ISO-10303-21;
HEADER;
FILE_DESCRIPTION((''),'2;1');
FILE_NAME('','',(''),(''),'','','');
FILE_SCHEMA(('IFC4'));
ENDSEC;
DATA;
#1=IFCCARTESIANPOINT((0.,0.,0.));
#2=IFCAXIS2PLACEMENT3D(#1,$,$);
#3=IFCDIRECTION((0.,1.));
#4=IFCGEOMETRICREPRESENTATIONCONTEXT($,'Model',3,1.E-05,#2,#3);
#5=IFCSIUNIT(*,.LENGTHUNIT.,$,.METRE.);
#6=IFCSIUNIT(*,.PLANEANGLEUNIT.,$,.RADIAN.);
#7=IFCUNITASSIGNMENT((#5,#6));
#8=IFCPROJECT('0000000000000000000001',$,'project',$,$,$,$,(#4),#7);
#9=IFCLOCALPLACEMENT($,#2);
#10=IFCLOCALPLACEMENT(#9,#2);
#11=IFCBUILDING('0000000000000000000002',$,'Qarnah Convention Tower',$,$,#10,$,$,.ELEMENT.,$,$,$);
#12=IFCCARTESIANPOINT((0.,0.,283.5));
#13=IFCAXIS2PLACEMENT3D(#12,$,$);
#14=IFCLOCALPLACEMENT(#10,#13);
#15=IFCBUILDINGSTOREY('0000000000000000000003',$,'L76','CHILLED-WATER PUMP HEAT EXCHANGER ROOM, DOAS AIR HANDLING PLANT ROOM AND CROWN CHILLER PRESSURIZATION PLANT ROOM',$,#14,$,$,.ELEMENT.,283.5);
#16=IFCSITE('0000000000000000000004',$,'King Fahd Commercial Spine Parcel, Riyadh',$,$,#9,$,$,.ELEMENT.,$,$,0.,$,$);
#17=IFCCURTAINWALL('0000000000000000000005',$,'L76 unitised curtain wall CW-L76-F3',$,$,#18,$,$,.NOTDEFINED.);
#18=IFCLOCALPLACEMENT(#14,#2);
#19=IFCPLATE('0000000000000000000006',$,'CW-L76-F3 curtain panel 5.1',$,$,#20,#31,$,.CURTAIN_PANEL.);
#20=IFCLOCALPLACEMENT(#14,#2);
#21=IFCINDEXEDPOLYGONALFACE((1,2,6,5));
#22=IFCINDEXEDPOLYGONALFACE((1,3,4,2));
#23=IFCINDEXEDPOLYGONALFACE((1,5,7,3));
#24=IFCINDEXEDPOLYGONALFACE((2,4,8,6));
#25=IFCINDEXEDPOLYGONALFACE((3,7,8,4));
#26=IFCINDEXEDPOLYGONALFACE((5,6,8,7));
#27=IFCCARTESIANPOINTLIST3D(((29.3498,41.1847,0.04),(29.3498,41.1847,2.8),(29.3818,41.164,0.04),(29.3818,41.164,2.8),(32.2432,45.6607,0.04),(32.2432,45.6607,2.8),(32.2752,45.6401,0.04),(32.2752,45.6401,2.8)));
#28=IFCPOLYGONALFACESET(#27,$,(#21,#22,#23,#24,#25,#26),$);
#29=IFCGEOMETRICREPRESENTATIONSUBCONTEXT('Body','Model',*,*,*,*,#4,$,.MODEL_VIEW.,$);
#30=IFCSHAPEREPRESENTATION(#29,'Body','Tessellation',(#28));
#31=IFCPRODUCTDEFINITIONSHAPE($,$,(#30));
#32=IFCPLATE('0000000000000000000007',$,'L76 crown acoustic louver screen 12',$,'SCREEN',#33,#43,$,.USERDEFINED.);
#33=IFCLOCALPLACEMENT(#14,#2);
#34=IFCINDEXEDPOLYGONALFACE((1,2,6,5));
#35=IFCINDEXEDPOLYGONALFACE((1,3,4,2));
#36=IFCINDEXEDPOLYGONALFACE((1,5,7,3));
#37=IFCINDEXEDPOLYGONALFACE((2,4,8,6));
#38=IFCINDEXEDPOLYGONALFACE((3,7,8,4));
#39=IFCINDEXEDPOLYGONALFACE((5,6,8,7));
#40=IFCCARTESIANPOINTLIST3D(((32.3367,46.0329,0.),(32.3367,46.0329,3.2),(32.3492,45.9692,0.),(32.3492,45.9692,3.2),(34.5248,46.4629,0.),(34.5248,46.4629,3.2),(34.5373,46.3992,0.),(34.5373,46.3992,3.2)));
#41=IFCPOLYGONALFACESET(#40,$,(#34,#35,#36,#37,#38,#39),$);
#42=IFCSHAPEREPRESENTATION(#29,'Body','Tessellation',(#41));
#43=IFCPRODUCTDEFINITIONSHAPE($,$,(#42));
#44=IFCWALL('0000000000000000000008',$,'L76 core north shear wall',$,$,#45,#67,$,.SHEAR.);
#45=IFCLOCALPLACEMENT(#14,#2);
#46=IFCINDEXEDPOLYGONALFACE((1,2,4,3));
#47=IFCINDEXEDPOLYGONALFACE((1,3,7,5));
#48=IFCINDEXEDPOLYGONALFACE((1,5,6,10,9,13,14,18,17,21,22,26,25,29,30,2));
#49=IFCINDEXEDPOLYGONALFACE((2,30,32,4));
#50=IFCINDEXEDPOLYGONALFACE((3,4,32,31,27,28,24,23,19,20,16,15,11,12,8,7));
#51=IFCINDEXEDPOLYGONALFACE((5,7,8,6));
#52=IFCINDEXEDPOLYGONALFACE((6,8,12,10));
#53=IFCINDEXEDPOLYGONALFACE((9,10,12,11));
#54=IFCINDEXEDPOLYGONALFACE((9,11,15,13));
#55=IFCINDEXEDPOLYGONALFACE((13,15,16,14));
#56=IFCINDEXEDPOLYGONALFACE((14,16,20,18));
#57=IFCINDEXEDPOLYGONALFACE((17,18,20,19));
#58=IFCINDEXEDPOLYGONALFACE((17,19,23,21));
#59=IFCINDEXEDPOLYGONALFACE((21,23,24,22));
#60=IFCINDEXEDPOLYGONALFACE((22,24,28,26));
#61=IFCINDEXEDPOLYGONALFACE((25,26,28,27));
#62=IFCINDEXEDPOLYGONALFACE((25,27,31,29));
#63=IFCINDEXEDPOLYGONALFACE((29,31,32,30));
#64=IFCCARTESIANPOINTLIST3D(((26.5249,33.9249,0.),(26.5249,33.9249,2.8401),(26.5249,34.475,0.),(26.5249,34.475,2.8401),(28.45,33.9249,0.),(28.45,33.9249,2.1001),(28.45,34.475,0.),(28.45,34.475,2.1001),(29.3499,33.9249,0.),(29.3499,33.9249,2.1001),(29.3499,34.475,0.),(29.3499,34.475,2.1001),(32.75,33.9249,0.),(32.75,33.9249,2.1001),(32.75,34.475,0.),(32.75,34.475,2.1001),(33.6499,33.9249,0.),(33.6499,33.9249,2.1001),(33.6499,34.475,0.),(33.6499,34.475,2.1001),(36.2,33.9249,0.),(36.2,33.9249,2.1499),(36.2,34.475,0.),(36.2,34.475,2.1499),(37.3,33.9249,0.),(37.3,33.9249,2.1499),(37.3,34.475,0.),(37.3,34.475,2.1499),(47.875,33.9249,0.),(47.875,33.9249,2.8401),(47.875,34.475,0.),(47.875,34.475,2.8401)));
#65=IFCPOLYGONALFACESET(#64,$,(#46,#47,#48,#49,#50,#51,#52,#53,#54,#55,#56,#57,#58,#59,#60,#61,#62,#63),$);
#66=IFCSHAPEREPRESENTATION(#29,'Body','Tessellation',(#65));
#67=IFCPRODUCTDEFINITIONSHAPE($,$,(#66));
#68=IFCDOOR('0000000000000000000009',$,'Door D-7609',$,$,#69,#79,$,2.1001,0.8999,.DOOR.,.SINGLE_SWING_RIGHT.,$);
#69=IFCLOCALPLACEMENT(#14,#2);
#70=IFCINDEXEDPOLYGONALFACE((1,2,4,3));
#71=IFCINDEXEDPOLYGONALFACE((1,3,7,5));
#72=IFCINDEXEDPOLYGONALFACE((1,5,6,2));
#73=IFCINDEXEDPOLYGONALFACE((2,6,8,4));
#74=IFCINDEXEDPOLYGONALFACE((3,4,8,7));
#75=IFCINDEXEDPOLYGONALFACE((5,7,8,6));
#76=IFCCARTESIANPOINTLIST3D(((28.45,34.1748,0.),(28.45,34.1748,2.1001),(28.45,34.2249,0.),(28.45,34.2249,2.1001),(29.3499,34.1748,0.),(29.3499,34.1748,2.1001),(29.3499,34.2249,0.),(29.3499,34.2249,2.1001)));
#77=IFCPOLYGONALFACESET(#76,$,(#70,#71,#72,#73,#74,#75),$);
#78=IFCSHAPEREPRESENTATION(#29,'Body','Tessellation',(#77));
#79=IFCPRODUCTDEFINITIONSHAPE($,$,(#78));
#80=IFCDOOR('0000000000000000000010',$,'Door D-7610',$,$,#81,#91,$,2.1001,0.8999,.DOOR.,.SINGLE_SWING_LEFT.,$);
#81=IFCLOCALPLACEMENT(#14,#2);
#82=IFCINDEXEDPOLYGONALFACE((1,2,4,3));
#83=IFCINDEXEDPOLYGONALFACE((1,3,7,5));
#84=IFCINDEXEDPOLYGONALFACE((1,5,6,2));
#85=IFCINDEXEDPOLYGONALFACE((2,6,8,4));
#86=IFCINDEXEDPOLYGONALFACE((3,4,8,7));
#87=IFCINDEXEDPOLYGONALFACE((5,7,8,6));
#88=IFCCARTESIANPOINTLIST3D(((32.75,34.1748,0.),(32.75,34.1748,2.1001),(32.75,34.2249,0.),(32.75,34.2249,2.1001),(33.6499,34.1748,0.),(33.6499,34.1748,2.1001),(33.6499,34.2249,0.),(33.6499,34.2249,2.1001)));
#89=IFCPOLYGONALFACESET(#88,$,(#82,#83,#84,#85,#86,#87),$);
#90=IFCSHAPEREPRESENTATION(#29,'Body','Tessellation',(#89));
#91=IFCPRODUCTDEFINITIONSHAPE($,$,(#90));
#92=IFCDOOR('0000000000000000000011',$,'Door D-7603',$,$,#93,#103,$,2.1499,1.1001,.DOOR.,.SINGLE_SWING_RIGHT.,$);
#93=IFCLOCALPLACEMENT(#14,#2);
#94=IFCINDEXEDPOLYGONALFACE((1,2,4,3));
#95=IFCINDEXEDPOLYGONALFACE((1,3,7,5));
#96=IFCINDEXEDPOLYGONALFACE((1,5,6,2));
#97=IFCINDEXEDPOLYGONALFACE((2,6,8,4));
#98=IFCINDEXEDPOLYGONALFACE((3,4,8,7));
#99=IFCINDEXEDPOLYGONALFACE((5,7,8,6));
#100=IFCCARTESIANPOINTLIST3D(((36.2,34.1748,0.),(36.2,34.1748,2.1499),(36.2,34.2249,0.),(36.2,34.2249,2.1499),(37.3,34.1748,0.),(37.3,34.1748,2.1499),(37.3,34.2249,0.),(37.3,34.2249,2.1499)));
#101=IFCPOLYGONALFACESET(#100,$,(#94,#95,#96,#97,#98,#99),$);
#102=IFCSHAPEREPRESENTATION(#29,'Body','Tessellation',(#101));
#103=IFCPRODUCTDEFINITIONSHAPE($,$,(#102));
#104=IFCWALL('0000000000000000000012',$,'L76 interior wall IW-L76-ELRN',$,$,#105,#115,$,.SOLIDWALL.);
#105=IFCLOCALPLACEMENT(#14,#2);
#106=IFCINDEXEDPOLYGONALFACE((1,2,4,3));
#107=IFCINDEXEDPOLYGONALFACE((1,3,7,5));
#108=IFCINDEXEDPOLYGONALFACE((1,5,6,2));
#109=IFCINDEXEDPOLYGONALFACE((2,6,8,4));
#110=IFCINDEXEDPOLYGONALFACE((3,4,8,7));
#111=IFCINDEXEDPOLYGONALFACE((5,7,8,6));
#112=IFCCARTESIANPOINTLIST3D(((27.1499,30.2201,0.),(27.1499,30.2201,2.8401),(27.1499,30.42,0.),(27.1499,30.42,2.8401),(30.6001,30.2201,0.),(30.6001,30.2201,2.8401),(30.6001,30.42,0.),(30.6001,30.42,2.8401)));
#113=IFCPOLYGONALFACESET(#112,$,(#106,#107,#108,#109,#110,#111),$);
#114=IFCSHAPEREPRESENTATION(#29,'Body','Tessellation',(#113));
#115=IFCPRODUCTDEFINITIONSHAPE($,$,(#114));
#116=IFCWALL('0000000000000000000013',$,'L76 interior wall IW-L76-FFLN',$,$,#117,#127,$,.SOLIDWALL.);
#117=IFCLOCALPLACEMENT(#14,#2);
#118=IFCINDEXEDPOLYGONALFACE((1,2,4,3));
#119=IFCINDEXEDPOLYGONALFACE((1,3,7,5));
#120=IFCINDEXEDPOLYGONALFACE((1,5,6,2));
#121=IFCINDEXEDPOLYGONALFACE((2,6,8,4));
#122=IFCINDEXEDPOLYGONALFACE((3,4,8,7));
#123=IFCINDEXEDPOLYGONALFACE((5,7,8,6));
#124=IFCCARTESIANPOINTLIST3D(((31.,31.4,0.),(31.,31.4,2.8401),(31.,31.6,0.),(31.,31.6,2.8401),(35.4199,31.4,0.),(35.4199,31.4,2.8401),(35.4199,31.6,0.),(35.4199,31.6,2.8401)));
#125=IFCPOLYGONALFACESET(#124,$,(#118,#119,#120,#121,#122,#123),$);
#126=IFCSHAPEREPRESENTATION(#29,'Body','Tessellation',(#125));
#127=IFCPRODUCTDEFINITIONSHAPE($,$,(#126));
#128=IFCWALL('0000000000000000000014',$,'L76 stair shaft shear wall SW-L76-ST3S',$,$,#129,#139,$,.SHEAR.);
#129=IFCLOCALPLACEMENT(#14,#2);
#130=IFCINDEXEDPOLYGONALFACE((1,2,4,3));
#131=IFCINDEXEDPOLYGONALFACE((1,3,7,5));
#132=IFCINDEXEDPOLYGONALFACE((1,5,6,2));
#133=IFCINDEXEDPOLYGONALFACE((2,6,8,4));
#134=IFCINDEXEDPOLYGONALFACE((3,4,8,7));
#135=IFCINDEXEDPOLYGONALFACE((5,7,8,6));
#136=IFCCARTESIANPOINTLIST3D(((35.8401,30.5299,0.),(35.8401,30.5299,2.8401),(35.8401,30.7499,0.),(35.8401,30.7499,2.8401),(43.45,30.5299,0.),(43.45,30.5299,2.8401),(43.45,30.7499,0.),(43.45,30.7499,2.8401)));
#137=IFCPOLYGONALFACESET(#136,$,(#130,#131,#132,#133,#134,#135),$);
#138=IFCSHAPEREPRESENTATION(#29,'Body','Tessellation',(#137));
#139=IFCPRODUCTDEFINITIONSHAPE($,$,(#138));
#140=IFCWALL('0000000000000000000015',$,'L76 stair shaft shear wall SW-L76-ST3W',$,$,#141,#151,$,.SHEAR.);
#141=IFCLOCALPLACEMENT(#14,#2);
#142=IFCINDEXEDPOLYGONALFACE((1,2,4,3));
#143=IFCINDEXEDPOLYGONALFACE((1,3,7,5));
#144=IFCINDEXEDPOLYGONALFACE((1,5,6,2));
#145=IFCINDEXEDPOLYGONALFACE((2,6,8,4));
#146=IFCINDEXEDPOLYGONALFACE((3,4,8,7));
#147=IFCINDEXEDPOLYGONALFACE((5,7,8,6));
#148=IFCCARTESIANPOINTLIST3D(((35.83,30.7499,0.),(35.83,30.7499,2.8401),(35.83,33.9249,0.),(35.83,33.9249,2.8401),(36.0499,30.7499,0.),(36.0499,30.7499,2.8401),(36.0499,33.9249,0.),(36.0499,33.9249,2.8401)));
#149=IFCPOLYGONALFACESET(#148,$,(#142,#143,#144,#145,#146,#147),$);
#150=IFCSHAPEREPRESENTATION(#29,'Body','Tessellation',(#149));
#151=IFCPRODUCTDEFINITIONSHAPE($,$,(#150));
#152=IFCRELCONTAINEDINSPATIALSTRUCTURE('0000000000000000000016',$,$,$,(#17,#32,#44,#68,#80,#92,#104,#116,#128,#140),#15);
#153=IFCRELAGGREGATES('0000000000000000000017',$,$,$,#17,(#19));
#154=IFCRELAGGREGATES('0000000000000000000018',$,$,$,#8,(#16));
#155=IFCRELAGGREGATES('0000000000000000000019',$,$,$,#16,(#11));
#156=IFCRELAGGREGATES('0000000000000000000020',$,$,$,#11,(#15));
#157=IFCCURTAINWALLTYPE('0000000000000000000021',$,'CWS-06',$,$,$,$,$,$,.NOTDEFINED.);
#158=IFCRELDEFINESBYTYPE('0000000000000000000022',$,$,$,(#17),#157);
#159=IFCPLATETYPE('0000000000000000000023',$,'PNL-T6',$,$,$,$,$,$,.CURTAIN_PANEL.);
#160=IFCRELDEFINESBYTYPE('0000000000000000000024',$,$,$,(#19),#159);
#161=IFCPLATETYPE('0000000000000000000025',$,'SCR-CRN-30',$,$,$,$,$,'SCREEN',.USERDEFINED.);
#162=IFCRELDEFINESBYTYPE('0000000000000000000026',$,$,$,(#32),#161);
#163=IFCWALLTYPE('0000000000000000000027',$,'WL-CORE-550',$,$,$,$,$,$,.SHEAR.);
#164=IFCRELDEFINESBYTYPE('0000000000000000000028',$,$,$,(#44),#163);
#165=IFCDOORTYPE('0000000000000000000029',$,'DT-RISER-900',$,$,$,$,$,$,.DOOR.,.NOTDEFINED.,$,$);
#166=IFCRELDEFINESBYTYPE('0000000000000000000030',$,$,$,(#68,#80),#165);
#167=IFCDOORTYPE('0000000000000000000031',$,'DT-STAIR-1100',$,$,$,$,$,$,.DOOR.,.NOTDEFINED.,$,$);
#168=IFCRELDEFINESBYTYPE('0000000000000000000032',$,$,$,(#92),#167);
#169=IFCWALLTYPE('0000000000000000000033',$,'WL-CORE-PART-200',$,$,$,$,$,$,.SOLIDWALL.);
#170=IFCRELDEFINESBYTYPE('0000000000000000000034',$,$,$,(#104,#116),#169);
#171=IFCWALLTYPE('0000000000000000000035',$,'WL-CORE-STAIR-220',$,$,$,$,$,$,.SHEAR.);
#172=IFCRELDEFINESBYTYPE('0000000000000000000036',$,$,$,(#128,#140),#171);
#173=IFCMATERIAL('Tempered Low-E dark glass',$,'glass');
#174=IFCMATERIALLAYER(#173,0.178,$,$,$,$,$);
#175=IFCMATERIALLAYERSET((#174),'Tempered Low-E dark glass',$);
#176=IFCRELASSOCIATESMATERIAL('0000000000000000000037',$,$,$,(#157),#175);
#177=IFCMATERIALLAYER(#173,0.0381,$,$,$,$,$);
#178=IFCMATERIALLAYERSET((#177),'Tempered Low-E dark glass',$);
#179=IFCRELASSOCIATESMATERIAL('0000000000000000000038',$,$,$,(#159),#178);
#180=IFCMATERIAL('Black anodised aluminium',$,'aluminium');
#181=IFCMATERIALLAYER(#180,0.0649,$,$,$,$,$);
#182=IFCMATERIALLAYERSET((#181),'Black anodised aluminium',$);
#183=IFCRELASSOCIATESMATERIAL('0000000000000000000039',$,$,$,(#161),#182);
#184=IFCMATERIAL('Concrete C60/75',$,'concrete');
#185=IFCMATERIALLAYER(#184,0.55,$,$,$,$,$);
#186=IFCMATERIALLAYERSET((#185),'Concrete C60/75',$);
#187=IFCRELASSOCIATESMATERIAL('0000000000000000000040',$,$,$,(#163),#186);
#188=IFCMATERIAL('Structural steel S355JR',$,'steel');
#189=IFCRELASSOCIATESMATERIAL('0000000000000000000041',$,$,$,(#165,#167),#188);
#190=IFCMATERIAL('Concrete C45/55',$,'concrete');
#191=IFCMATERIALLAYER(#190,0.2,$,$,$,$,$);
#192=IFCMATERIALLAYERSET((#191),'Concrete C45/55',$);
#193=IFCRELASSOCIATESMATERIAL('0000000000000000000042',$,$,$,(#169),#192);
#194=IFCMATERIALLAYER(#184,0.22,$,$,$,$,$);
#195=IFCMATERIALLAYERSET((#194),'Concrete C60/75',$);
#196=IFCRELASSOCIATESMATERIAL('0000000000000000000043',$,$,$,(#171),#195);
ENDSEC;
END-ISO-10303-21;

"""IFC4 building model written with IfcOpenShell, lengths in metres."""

from ifc_helpers import new_model, si_unit, direction, frame, frame_2d, origin, origin_2d, place, context, subcontext, project, spatial, rectangle, extrude, material, layer, layer_set, type_object, element, fill, aggregate, save


model = new_model("IFC4")

# Units and contexts
model_context = context("Model", 3, precision=1e-05, world=origin(), true_north=direction((0.0, 1.0)))
body_context = subcontext(model_context, "Body", "Model", "MODEL_VIEW")
ifc_project = project(units=[si_unit("LENGTHUNIT", "METRE"), si_unit("PLANEANGLEUNIT", "RADIAN")], contexts=[model_context])

# Site, building, storey
site_placement = place(None, origin())
site = spatial("IfcSite", under=ifc_project, at=site_placement, Name="King Fahd Commercial Spine Parcel, Riyadh", CompositionType="ELEMENT", RefElevation=0.0)
building_placement = place(site_placement, origin())
building = spatial("IfcBuilding", under=site, at=building_placement, Name="Qarnah Convention Tower", CompositionType="ELEMENT")
storey_placement = place(building_placement, frame((0.0, 0.0, 283.5)))
storey = spatial("IfcBuildingStorey", under=building, at=storey_placement, Name="L76", Description="CHILLED-WATER PUMP HEAT EXCHANGER ROOM, DOAS AIR HANDLING PLANT ROOM AND CROWN CHILLER PRESSURIZATION PLANT ROOM", CompositionType="ELEMENT", Elevation=283.5)

# Shared definitions
ifc_material_1 = material(Name="Structural steel S355JR", Category="steel")

# Curtain wall, plate
ifc_material_2 = material(Name="Tempered Low-E dark glass", Category="glass")
ifc_layer_1 = layer(ifc_material_2, 0.178)
ifc_layer_set_1 = layer_set([ifc_layer_1], Name="Tempered Low-E dark glass")
curtain_wall_type = type_object("IfcCurtainWallType", Name="CWS-06", PredefinedType="NOTDEFINED", material=ifc_layer_set_1)
curtain_wall_placement = place(storey_placement, origin())
curtain_wall = element("IfcCurtainWall", 1, at=curtain_wall_placement, inside=storey, type_object=curtain_wall_type, Name="L76 unitised curtain wall CW-L76-F3", PredefinedType="NOTDEFINED")
ifc_material_3 = material(Name="Black anodised aluminium", Category="aluminium")
ifc_layer_2 = layer(ifc_material_2, 0.0381)
ifc_layer_set_2 = layer_set([ifc_layer_2], Name="Tempered Low-E dark glass")
plate_type_1 = type_object("IfcPlateType", Name="PNL-T6", PredefinedType="CURTAIN_PANEL", material=ifc_layer_set_2)
plate_1_placement = place(storey_placement, frame((30.8125, 43.4124, 0.04), z_axis=(0.0, 0.0, 1.0), x_axis=(0.542871, 0.839816, 0.0)))
plate_1 = element("IfcPlate", 2, at=plate_1_placement, type_object=plate_type_1, Name="CW-L76-F3 curtain panel 5.1", PredefinedType="CURTAIN_PANEL", context=body_context, shape_type="SweptSolid", body=[
    extrude(rectangle(XDim=5.3298, YDim=0.0381, at=origin_2d()), origin(), (0.0, 0.0, 1.0), 2.76),
])
aggregate(curtain_wall, [plate_1])

# Plate
ifc_layer_3 = layer(ifc_material_3, 0.0649)
ifc_layer_set_3 = layer_set([ifc_layer_3], Name="Black anodised aluminium")
plate_type_2 = type_object("IfcPlateType", Name="SCR-CRN-30", ElementType="SCREEN", PredefinedType="USERDEFINED", material=ifc_layer_set_3)
plate_2_placement = place(storey_placement, frame((33.437, 46.2161, 0.0), z_axis=(0.0, 0.0, 1.0), x_axis=(0.981231, 0.192837, 0.0)))
element("IfcPlate", 3, at=plate_2_placement, inside=storey, type_object=plate_type_2, Name="L76 crown acoustic louver screen 12", ObjectType="SCREEN", PredefinedType="USERDEFINED", context=body_context, shape_type="SweptSolid", body=[
    extrude(rectangle(XDim=2.23, YDim=0.0649, at=origin_2d()), origin(), (0.0, 0.0, 1.0), 3.2),
])

# Wall, openings, doors
ifc_material_4 = material(Name="Concrete C60/75", Category="concrete")
ifc_layer_4 = layer(ifc_material_4, 0.55)
ifc_layer_set_4 = layer_set([ifc_layer_4], Name="Concrete C60/75")
wall_type_1 = type_object("IfcWallType", Name="WL-CORE-550", PredefinedType="SHEAR", material=ifc_layer_set_4)
wall_1_placement = place(storey_placement, frame((26.5249, 34.2, 0.0), z_axis=(0.0, 0.0, 1.0), x_axis=(1.0, 0.0, 0.0)))
wall_1 = element("IfcWall", 4, at=wall_1_placement, inside=storey, type_object=wall_type_1, Name="L76 core north shear wall", PredefinedType="SHEAR", context=body_context, shape_type="SweptSolid", body=[
    extrude(rectangle(XDim=21.3501, YDim=0.55, at=frame_2d((10.675, 0.0))), origin(), (0.0, 0.0, 1.0), 2.8401),
])
opening_1_placement = place(wall_1_placement, frame((9.675, 0.0, 0.0)))
opening_1 = element("IfcOpeningElement", 5, at=opening_1_placement, cuts=wall_1, PredefinedType="OPENING", context=body_context, shape_type="SweptSolid", body=[
    extrude(rectangle(XDim=1.1001, YDim=2.1499, at=frame_2d((0.55, 1.075))), frame((0.0, 0.2849, 0.0), z_axis=(0.0, -1.0, 0.0), x_axis=(1.0, 0.0, 0.0)), (0.0, 0.0, 1.0), 0.5701),
])
opening_2_placement = place(wall_1_placement, frame((1.925, 0.0, 0.0)))
opening_2 = element("IfcOpeningElement", 6, at=opening_2_placement, cuts=wall_1, PredefinedType="OPENING", context=body_context, shape_type="SweptSolid", body=[
    extrude(rectangle(XDim=0.8999, YDim=2.1001, at=frame_2d((0.45, 1.05))), frame((0.0, 0.2849, 0.0), z_axis=(0.0, -1.0, 0.0), x_axis=(1.0, 0.0, 0.0)), (0.0, 0.0, 1.0), 0.5701),
])
opening_3_placement = place(wall_1_placement, frame((6.2251, 0.0, 0.0)))
opening_3 = element("IfcOpeningElement", 7, at=opening_3_placement, cuts=wall_1, PredefinedType="OPENING", context=body_context, shape_type="SweptSolid", body=[
    extrude(rectangle(XDim=0.8999, YDim=2.1001, at=frame_2d((0.45, 1.05))), frame((0.0, 0.2849, 0.0), z_axis=(0.0, -1.0, 0.0), x_axis=(1.0, 0.0, 0.0)), (0.0, 0.0, 1.0), 0.5701),
])
door_type_1 = type_object("IfcDoorType", Name="DT-RISER-900", OperationType="NOTDEFINED", PredefinedType="DOOR", material=ifc_material_1)
door_1_placement = place(opening_2_placement, origin())
door_1 = element("IfcDoor", 8, at=door_1_placement, inside=storey, type_object=door_type_1, Name="Door D-7609", OperationType="SINGLE_SWING_RIGHT", OverallHeight=2.1001, OverallWidth=0.8999, PredefinedType="DOOR", context=body_context, shape_type="SweptSolid", body=[
    extrude(rectangle(XDim=0.8999, YDim=2.1001, at=frame_2d((0.45, 1.05))), frame((0.0, 0.0249, 0.0), z_axis=(0.0, -1.0, 0.0), x_axis=(1.0, 0.0, 0.0)), (0.0, 0.0, 1.0), 0.05),
])
fill(opening_2, door_1)
door_2_placement = place(opening_3_placement, origin())
door_2 = element("IfcDoor", 9, at=door_2_placement, inside=storey, type_object=door_type_1, Name="Door D-7610", OperationType="SINGLE_SWING_LEFT", OverallHeight=2.1001, OverallWidth=0.8999, PredefinedType="DOOR", context=body_context, shape_type="SweptSolid", body=[
    extrude(rectangle(XDim=0.8999, YDim=2.1001, at=frame_2d((0.45, 1.05))), frame((0.0, 0.0249, 0.0), z_axis=(0.0, -1.0, 0.0), x_axis=(1.0, 0.0, 0.0)), (0.0, 0.0, 1.0), 0.05),
])
fill(opening_3, door_2)
door_type_2 = type_object("IfcDoorType", Name="DT-STAIR-1100", OperationType="NOTDEFINED", PredefinedType="DOOR", material=ifc_material_1)
door_3_placement = place(opening_1_placement, origin())
door_3 = element("IfcDoor", 10, at=door_3_placement, inside=storey, type_object=door_type_2, Name="Door D-7603", OperationType="SINGLE_SWING_RIGHT", OverallHeight=2.1499, OverallWidth=1.1001, PredefinedType="DOOR", context=body_context, shape_type="SweptSolid", body=[
    extrude(rectangle(XDim=1.1001, YDim=2.1499, at=frame_2d((0.55, 1.075))), frame((0.0, 0.0249, 0.0), z_axis=(0.0, -1.0, 0.0), x_axis=(1.0, 0.0, 0.0)), (0.0, 0.0, 1.0), 0.05),
])
fill(opening_1, door_3)

# Walls
ifc_material_5 = material(Name="Concrete C45/55", Category="concrete")
ifc_layer_5 = layer(ifc_material_5, 0.2)
ifc_layer_set_5 = layer_set([ifc_layer_5], Name="Concrete C45/55")
wall_type_2 = type_object("IfcWallType", Name="WL-CORE-PART-200", PredefinedType="SOLIDWALL", material=ifc_layer_set_5)
wall_2_placement = place(storey_placement, frame((27.1499, 30.3201, 0.0), z_axis=(0.0, 0.0, 1.0), x_axis=(1.0, 0.0, 0.0)))
element("IfcWall", 11, at=wall_2_placement, inside=storey, type_object=wall_type_2, Name="L76 interior wall IW-L76-ELRN", PredefinedType="SOLIDWALL", context=body_context, shape_type="SweptSolid", body=[
    extrude(rectangle(XDim=3.4502, YDim=0.2, at=frame_2d((1.7251, 0.0))), origin(), (0.0, 0.0, 1.0), 2.8401),
])
wall_3_placement = place(storey_placement, frame((31.0, 31.5, 0.0), z_axis=(0.0, 0.0, 1.0), x_axis=(1.0, 0.0, 0.0)))
element("IfcWall", 12, at=wall_3_placement, inside=storey, type_object=wall_type_2, Name="L76 interior wall IW-L76-FFLN", PredefinedType="SOLIDWALL", context=body_context, shape_type="SweptSolid", body=[
    extrude(rectangle(XDim=4.4199, YDim=0.2, at=frame_2d((2.21, 0.0))), origin(), (0.0, 0.0, 1.0), 2.8401),
])
ifc_layer_6 = layer(ifc_material_4, 0.22)
ifc_layer_set_6 = layer_set([ifc_layer_6], Name="Concrete C60/75")
wall_type_3 = type_object("IfcWallType", Name="WL-CORE-STAIR-220", PredefinedType="SHEAR", material=ifc_layer_set_6)
wall_4_placement = place(storey_placement, frame((35.8401, 30.6399, 0.0), z_axis=(0.0, 0.0, 1.0), x_axis=(1.0, 0.0, 0.0)))
element("IfcWall", 13, at=wall_4_placement, inside=storey, type_object=wall_type_3, Name="L76 stair shaft shear wall SW-L76-ST3S", PredefinedType="SHEAR", context=body_context, shape_type="SweptSolid", body=[
    extrude(rectangle(XDim=7.6099, YDim=0.22, at=frame_2d((3.8049, 0.0))), origin(), (0.0, 0.0, 1.0), 2.8401),
])
wall_5_placement = place(storey_placement, frame((35.9399, 30.75, 0.0), z_axis=(0.0, 0.0, 1.0), x_axis=(0.0, 1.0, 0.0)))
element("IfcWall", 14, at=wall_5_placement, inside=storey, type_object=wall_type_3, Name="L76 stair shaft shear wall SW-L76-ST3W", PredefinedType="SHEAR", context=body_context, shape_type="SweptSolid", body=[
    extrude(rectangle(XDim=3.175, YDim=0.22, at=frame_2d((1.5874, 0.0))), origin(), (0.0, 0.0, 1.0), 2.8401),
])

save(model, "model.ifc")
